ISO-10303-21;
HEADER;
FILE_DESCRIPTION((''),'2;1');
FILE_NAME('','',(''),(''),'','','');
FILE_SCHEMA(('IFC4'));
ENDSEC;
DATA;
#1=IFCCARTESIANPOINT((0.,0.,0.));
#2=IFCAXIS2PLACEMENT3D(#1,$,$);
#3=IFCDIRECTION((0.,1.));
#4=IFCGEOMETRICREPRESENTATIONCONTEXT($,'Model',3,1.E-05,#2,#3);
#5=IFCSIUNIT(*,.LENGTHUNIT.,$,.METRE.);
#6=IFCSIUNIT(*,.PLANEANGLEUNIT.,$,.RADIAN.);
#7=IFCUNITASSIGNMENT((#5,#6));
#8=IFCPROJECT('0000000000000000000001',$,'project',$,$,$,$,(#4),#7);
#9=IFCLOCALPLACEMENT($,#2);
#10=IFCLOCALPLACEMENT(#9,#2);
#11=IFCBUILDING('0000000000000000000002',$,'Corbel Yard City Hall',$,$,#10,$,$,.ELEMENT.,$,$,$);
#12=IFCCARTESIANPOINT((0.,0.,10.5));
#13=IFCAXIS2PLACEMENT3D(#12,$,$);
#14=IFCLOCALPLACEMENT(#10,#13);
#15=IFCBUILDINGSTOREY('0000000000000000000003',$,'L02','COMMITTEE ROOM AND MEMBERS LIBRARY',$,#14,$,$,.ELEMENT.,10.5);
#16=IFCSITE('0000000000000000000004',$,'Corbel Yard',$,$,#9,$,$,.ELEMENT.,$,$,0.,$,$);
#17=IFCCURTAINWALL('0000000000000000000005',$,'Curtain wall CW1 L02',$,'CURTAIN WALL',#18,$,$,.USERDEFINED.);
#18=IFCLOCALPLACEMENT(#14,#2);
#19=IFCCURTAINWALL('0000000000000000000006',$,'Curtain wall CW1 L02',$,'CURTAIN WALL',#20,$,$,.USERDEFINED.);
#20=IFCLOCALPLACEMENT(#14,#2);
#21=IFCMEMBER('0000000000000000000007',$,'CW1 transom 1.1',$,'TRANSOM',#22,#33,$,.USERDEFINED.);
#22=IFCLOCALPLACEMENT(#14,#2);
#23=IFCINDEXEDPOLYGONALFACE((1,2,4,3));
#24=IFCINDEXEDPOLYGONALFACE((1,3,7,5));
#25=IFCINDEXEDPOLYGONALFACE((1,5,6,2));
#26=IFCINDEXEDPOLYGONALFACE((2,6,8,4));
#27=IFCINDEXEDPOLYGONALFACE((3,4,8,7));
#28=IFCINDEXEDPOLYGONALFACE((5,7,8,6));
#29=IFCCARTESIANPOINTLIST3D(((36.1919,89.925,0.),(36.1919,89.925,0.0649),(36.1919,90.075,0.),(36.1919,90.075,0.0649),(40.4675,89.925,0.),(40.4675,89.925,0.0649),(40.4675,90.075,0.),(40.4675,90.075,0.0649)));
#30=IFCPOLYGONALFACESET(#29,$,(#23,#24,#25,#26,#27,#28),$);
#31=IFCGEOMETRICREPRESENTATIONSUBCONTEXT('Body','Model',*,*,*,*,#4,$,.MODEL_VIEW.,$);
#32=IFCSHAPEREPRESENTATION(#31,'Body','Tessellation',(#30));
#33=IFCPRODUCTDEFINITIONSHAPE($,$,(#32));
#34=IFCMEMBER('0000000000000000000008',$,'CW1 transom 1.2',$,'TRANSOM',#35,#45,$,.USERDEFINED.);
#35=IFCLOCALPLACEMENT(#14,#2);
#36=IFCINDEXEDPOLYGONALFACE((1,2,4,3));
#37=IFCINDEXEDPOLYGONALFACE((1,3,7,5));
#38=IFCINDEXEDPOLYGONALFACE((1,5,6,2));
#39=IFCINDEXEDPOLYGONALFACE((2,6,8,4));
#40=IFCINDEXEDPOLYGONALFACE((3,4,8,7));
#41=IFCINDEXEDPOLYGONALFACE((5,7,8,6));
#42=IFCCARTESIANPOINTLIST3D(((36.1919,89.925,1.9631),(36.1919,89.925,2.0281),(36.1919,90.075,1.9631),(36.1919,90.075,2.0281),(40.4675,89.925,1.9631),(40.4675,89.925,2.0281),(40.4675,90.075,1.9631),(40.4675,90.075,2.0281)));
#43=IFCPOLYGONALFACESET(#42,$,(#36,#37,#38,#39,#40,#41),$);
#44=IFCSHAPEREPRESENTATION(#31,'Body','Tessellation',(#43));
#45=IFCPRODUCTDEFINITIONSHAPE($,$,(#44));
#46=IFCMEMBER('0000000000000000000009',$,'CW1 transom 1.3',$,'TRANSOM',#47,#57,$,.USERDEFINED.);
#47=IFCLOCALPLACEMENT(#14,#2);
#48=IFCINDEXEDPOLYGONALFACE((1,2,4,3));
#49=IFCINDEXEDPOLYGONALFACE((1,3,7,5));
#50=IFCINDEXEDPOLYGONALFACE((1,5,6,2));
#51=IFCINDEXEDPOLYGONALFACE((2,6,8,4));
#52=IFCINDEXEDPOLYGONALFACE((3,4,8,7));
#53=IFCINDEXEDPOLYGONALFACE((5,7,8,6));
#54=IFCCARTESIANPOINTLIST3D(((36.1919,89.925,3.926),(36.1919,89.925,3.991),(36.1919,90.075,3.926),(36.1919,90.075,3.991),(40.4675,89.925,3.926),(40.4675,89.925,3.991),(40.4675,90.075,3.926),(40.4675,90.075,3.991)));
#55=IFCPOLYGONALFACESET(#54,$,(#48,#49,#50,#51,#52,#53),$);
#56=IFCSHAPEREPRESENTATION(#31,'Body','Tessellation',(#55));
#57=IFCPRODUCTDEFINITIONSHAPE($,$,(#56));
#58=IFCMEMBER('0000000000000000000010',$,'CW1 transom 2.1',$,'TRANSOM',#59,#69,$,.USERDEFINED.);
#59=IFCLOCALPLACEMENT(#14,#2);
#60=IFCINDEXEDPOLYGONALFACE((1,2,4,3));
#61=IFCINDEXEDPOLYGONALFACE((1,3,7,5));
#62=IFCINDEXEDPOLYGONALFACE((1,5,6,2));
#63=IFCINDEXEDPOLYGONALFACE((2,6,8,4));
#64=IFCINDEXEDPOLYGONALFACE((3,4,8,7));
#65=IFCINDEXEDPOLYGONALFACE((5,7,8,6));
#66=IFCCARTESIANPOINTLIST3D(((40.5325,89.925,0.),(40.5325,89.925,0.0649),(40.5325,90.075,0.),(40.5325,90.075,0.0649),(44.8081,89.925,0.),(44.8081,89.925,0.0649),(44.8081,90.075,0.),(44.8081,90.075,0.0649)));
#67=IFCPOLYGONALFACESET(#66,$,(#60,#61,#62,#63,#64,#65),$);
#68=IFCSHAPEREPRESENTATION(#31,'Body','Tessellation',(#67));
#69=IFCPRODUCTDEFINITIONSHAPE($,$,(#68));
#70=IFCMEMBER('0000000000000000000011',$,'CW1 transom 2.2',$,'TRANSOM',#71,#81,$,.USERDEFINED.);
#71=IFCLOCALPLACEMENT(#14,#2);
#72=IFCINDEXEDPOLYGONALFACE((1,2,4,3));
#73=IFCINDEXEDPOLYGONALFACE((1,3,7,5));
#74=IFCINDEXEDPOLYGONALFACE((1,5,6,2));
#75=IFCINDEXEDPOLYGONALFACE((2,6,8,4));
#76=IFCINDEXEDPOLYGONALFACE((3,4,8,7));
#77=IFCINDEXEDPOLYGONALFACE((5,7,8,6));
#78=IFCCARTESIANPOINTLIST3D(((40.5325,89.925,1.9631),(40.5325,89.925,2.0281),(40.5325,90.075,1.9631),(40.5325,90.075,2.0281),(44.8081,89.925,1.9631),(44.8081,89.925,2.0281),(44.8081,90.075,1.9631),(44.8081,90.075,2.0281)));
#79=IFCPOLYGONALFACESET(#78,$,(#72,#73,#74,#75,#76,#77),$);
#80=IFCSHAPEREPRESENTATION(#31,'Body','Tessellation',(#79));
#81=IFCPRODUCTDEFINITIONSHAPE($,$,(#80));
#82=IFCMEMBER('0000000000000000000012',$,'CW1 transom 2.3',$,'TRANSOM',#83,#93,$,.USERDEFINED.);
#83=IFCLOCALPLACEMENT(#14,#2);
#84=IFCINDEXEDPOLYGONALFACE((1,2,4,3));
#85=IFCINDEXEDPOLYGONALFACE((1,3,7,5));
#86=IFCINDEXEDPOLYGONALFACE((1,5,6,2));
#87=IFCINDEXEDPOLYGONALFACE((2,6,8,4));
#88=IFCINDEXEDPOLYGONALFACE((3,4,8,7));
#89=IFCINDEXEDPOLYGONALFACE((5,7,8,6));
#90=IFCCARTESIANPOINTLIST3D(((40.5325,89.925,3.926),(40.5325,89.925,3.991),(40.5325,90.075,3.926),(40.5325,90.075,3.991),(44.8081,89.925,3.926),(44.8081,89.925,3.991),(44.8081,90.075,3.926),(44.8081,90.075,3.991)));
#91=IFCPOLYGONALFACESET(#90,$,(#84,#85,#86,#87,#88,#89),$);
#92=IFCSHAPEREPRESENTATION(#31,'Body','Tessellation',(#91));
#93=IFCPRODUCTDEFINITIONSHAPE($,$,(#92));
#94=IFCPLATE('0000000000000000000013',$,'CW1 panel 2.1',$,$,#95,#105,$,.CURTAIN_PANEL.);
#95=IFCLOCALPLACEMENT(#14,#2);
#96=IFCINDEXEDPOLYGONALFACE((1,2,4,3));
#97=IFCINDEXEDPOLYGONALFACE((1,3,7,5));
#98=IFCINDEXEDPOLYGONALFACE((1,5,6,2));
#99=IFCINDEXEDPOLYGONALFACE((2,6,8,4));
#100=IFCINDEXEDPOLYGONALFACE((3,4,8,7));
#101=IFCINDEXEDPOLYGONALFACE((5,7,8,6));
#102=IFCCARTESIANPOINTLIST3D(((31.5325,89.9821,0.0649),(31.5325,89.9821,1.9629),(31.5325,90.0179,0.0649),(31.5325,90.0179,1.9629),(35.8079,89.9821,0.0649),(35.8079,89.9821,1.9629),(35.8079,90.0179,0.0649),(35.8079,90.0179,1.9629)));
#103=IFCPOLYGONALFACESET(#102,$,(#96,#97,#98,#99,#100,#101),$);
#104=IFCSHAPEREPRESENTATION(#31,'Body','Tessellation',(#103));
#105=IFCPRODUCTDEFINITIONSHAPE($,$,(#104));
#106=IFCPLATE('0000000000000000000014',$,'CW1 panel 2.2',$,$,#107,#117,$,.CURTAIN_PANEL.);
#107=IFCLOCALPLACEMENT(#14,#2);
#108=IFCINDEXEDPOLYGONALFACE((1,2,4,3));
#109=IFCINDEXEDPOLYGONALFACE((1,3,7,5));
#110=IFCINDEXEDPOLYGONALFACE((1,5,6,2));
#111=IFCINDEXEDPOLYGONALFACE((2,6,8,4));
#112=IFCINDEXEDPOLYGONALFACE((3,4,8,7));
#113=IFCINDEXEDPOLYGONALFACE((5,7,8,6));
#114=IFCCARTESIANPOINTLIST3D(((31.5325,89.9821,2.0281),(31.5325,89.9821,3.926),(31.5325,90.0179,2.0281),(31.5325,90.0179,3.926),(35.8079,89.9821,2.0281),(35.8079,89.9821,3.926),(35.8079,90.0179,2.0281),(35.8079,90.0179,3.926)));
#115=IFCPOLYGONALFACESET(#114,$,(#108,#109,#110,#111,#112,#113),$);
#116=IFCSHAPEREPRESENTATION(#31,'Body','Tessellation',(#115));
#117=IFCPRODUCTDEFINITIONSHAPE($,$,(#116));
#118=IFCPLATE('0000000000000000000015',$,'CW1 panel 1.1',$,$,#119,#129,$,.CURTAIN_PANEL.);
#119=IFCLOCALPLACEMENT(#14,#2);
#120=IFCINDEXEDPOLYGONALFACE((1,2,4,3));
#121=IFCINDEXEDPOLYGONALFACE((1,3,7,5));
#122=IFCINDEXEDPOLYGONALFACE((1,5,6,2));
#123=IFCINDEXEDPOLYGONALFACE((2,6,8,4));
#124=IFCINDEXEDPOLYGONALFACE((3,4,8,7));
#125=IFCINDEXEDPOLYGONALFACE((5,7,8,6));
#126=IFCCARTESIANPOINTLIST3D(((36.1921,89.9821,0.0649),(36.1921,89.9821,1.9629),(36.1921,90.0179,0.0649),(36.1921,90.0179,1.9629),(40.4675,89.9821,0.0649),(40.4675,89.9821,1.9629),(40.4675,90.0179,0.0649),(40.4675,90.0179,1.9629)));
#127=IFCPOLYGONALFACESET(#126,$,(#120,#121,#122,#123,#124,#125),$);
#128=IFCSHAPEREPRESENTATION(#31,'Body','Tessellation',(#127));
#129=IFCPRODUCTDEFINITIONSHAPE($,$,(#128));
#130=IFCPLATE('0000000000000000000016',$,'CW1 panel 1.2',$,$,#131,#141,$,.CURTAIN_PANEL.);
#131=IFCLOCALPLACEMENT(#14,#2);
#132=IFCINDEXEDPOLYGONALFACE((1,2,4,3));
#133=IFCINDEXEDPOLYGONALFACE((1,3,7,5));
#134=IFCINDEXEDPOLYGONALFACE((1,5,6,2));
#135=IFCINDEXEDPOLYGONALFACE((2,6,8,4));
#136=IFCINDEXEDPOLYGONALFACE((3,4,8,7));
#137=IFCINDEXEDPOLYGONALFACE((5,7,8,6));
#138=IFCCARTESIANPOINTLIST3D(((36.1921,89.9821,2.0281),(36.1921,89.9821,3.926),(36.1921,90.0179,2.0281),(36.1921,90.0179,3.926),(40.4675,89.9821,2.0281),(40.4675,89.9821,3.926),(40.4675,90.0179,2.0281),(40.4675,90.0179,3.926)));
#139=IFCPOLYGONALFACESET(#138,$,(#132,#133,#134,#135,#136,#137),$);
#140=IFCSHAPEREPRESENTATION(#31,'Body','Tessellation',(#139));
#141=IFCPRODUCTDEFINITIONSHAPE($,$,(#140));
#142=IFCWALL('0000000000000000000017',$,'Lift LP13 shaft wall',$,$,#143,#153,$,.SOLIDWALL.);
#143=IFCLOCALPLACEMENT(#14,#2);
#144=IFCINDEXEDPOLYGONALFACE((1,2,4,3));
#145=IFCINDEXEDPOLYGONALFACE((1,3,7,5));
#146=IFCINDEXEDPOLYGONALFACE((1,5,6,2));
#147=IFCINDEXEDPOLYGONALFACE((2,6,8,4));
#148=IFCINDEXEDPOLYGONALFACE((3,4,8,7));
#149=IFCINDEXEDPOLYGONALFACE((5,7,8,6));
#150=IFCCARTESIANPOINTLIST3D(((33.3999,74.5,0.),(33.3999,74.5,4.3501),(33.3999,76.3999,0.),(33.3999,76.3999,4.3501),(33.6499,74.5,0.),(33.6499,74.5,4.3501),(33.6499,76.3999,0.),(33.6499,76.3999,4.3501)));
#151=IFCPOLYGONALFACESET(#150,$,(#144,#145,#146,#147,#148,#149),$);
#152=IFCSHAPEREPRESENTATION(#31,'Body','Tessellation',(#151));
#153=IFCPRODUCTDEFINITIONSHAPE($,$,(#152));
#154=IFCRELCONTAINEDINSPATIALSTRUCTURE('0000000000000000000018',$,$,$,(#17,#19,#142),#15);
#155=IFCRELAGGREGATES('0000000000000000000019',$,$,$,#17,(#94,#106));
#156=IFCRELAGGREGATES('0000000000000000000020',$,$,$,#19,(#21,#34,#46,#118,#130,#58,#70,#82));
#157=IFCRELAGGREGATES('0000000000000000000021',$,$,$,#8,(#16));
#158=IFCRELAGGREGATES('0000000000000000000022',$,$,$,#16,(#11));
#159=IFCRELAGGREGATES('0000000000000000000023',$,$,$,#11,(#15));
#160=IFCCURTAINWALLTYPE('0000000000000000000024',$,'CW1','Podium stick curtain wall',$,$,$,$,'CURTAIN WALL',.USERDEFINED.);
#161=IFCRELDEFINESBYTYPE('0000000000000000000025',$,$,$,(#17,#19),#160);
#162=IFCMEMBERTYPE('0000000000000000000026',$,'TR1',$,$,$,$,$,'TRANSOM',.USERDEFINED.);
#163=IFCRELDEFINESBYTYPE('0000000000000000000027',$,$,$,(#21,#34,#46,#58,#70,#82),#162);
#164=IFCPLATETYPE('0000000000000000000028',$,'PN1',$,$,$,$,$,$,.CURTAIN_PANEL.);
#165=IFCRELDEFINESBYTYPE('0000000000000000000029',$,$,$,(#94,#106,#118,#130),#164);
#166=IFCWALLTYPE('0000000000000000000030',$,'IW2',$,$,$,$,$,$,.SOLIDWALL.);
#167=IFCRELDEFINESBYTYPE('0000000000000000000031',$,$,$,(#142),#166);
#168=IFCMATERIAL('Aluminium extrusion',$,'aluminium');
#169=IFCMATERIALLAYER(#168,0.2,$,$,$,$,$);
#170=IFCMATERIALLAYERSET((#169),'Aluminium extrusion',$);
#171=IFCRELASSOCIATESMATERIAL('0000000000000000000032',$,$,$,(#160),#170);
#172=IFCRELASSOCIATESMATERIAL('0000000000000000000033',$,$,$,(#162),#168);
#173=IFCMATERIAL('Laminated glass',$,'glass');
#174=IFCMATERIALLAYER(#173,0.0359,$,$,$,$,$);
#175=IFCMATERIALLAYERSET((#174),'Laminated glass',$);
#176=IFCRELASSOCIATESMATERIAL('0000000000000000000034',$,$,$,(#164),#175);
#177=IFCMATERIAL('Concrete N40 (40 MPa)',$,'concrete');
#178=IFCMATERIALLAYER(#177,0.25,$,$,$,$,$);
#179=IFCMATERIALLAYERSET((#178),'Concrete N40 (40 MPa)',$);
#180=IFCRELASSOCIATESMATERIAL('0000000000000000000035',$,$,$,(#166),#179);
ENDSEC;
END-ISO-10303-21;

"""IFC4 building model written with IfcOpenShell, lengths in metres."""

from ifc_helpers import new_model, si_unit, direction, frame, frame_2d, origin, origin_2d, place, context, subcontext, project, spatial, rectangle, extrude, material, layer, layer_set, material_profile, profile_set, type_object, element, aggregate, save


model = new_model("IFC4")

# Units and contexts
model_context = context("Model", 3, precision=1e-05, world=origin(), true_north=direction((0.0, 1.0)))
body_context = subcontext(model_context, "Body", "Model", "MODEL_VIEW")
ifc_project = project(units=[si_unit("LENGTHUNIT", "METRE"), si_unit("PLANEANGLEUNIT", "RADIAN")], contexts=[model_context])

# Site, building, storey
site_placement = place(None, origin())
site = spatial("IfcSite", under=ifc_project, at=site_placement, Name="Corbel Yard", CompositionType="ELEMENT", RefElevation=0.0)
building_placement = place(site_placement, origin())
building = spatial("IfcBuilding", under=site, at=building_placement, Name="Corbel Yard City Hall", CompositionType="ELEMENT")
storey_placement = place(building_placement, frame((0.0, 0.0, 10.5)))
storey = spatial("IfcBuildingStorey", under=building, at=storey_placement, Name="L02", Description="COMMITTEE ROOM AND MEMBERS LIBRARY", CompositionType="ELEMENT", Elevation=10.5)

# Curtain wall
ifc_material_1 = material(Name="Aluminium extrusion", Category="aluminium")
ifc_layer_1 = layer(ifc_material_1, 0.2)
ifc_layer_set_1 = layer_set([ifc_layer_1], Name="Aluminium extrusion")
curtain_wall_type = type_object("IfcCurtainWallType", Name="CW1", Description="Podium stick curtain wall", ElementType="CURTAIN WALL", PredefinedType="USERDEFINED", material=ifc_layer_set_1)
curtain_wall_1_placement = place(storey_placement, origin())
curtain_wall_1 = element("IfcCurtainWall", 1, at=curtain_wall_1_placement, inside=storey, type_object=curtain_wall_type, Name="Curtain wall CW1 L02", ObjectType="CURTAIN WALL", PredefinedType="USERDEFINED")

# Curtain wall
curtain_wall_2_placement = place(storey_placement, origin())
curtain_wall_2 = element("IfcCurtainWall", 2, at=curtain_wall_2_placement, inside=storey, type_object=curtain_wall_type, Name="Curtain wall CW1 L02", ObjectType="CURTAIN WALL", PredefinedType="USERDEFINED")

# Members
ifc_material_profile_1 = material_profile(ifc_material_1, rectangle(XDim=0.1499, YDim=0.0649, at=origin_2d()), Name="150x65")
ifc_profile_set_1 = profile_set([ifc_material_profile_1], Name="Aluminium extrusion")
member_type_1 = type_object("IfcMemberType", Name="TR1", ElementType="TRANSOM", PredefinedType="USERDEFINED", material=ifc_profile_set_1)
member_1_placement = place(storey_placement, frame((36.1919, 90.0, 0.0325), z_axis=(1.0, 0.0, 0.0), x_axis=(0.0, 1.0, 0.0)))
member_1 = element("IfcMember", 3, at=member_1_placement, type_object=member_type_1, Name="CW1 transom 1.1", ObjectType="TRANSOM", PredefinedType="USERDEFINED", context=body_context, shape_type="SweptSolid", body=[
    extrude(rectangle(XDim=0.1499, YDim=0.0649, at=origin_2d()), origin(), (0.0, 0.0, 1.0), 4.2756),
])
member_2_placement = place(storey_placement, frame((36.1919, 90.0, 1.9956), z_axis=(1.0, 0.0, 0.0), x_axis=(0.0, 1.0, 0.0)))
member_2 = element("IfcMember", 4, at=member_2_placement, type_object=member_type_1, Name="CW1 transom 1.2", ObjectType="TRANSOM", PredefinedType="USERDEFINED", context=body_context, shape_type="SweptSolid", body=[
    extrude(rectangle(XDim=0.1499, YDim=0.0649, at=origin_2d()), origin(), (0.0, 0.0, 1.0), 4.2756),
])
member_3_placement = place(storey_placement, frame((36.1919, 90.0, 3.9585), z_axis=(1.0, 0.0, 0.0), x_axis=(0.0, 1.0, 0.0)))
member_3 = element("IfcMember", 5, at=member_3_placement, type_object=member_type_1, Name="CW1 transom 1.3", ObjectType="TRANSOM", PredefinedType="USERDEFINED", context=body_context, shape_type="SweptSolid", body=[
    extrude(rectangle(XDim=0.1499, YDim=0.0649, at=origin_2d()), origin(), (0.0, 0.0, 1.0), 4.2756),
])
member_4_placement = place(storey_placement, frame((40.5325, 90.0, 0.0325), z_axis=(1.0, 0.0, 0.0), x_axis=(0.0, 1.0, 0.0)))
member_4 = element("IfcMember", 6, at=member_4_placement, type_object=member_type_1, Name="CW1 transom 2.1", ObjectType="TRANSOM", PredefinedType="USERDEFINED", context=body_context, shape_type="SweptSolid", body=[
    extrude(rectangle(XDim=0.1499, YDim=0.0649, at=origin_2d()), origin(), (0.0, 0.0, 1.0), 4.2756),
])
member_5_placement = place(storey_placement, frame((40.5325, 90.0, 1.9956), z_axis=(1.0, 0.0, 0.0), x_axis=(0.0, 1.0, 0.0)))
member_5 = element("IfcMember", 7, at=member_5_placement, type_object=member_type_1, Name="CW1 transom 2.2", ObjectType="TRANSOM", PredefinedType="USERDEFINED", context=body_context, shape_type="SweptSolid", body=[
    extrude(rectangle(XDim=0.1499, YDim=0.0649, at=origin_2d()), origin(), (0.0, 0.0, 1.0), 4.2756),
])
member_6_placement = place(storey_placement, frame((40.5325, 90.0, 3.9585), z_axis=(1.0, 0.0, 0.0), x_axis=(0.0, 1.0, 0.0)))
member_6 = element("IfcMember", 8, at=member_6_placement, type_object=member_type_1, Name="CW1 transom 2.3", ObjectType="TRANSOM", PredefinedType="USERDEFINED", context=body_context, shape_type="SweptSolid", body=[
    extrude(rectangle(XDim=0.1499, YDim=0.0649, at=origin_2d()), origin(), (0.0, 0.0, 1.0), 4.2756),
])

# Plates
ifc_material_2 = material(Name="Laminated glass", Category="glass")
ifc_layer_2 = layer(ifc_material_2, 0.0359)
ifc_layer_set_2 = layer_set([ifc_layer_2], Name="Laminated glass")
plate_type = type_object("IfcPlateType", Name="PN1", PredefinedType="CURTAIN_PANEL", material=ifc_layer_set_2)
plate_1_placement = place(storey_placement, frame((33.6702, 90.0, 0.0649), z_axis=(0.0, 0.0, 1.0), x_axis=(1.0, 0.0, 0.0)))
plate_1 = element("IfcPlate", 9, at=plate_1_placement, type_object=plate_type, Name="CW1 panel 2.1", PredefinedType="CURTAIN_PANEL", context=body_context, shape_type="SweptSolid", body=[
    extrude(rectangle(XDim=4.2754, YDim=0.0359, at=origin_2d()), origin(), (0.0, 0.0, 1.0), 1.8979),
])
plate_2_placement = place(storey_placement, frame((33.6702, 90.0, 2.0281), z_axis=(0.0, 0.0, 1.0), x_axis=(1.0, 0.0, 0.0)))
plate_2 = element("IfcPlate", 10, at=plate_2_placement, type_object=plate_type, Name="CW1 panel 2.2", PredefinedType="CURTAIN_PANEL", context=body_context, shape_type="SweptSolid", body=[
    extrude(rectangle(XDim=4.2754, YDim=0.0359, at=origin_2d()), origin(), (0.0, 0.0, 1.0), 1.8979),
])
aggregate(curtain_wall_1, [plate_1, plate_2])
plate_3_placement = place(storey_placement, frame((38.3298, 90.0, 0.0649), z_axis=(0.0, 0.0, 1.0), x_axis=(1.0, 0.0, 0.0)))
plate_3 = element("IfcPlate", 11, at=plate_3_placement, type_object=plate_type, Name="CW1 panel 1.1", PredefinedType="CURTAIN_PANEL", context=body_context, shape_type="SweptSolid", body=[
    extrude(rectangle(XDim=4.2754, YDim=0.0359, at=origin_2d()), origin(), (0.0, 0.0, 1.0), 1.8979),
])
plate_4_placement = place(storey_placement, frame((38.3298, 90.0, 2.0281), z_axis=(0.0, 0.0, 1.0), x_axis=(1.0, 0.0, 0.0)))
plate_4 = element("IfcPlate", 12, at=plate_4_placement, type_object=plate_type, Name="CW1 panel 1.2", PredefinedType="CURTAIN_PANEL", context=body_context, shape_type="SweptSolid", body=[
    extrude(rectangle(XDim=4.2754, YDim=0.0359, at=origin_2d()), origin(), (0.0, 0.0, 1.0), 1.8979),
])
aggregate(curtain_wall_2, [member_1, member_2, member_3, plate_3, plate_4, member_4, member_5, member_6])

# Wall
ifc_material_3 = material(Name="Concrete N40 (40 MPa)", Category="concrete")
ifc_layer_3 = layer(ifc_material_3, 0.25)
ifc_layer_set_3 = layer_set([ifc_layer_3], Name="Concrete N40 (40 MPa)")
wall_type = type_object("IfcWallType", Name="IW2", PredefinedType="SOLIDWALL", material=ifc_layer_set_3)
wall_placement = place(storey_placement, frame((33.5249, 74.5, 0.0), z_axis=(0.0, 0.0, 1.0), x_axis=(0.0, 1.0, 0.0)))
element("IfcWall", 13, at=wall_placement, inside=storey, type_object=wall_type, Name="Lift LP13 shaft wall", PredefinedType="SOLIDWALL", context=body_context, shape_type="SweptSolid", body=[
    extrude(rectangle(XDim=1.8999, YDim=0.25, at=frame_2d((0.95, 0.0))), origin(), (0.0, 0.0, 1.0), 4.3501),
])

save(model, "model.ifc")
